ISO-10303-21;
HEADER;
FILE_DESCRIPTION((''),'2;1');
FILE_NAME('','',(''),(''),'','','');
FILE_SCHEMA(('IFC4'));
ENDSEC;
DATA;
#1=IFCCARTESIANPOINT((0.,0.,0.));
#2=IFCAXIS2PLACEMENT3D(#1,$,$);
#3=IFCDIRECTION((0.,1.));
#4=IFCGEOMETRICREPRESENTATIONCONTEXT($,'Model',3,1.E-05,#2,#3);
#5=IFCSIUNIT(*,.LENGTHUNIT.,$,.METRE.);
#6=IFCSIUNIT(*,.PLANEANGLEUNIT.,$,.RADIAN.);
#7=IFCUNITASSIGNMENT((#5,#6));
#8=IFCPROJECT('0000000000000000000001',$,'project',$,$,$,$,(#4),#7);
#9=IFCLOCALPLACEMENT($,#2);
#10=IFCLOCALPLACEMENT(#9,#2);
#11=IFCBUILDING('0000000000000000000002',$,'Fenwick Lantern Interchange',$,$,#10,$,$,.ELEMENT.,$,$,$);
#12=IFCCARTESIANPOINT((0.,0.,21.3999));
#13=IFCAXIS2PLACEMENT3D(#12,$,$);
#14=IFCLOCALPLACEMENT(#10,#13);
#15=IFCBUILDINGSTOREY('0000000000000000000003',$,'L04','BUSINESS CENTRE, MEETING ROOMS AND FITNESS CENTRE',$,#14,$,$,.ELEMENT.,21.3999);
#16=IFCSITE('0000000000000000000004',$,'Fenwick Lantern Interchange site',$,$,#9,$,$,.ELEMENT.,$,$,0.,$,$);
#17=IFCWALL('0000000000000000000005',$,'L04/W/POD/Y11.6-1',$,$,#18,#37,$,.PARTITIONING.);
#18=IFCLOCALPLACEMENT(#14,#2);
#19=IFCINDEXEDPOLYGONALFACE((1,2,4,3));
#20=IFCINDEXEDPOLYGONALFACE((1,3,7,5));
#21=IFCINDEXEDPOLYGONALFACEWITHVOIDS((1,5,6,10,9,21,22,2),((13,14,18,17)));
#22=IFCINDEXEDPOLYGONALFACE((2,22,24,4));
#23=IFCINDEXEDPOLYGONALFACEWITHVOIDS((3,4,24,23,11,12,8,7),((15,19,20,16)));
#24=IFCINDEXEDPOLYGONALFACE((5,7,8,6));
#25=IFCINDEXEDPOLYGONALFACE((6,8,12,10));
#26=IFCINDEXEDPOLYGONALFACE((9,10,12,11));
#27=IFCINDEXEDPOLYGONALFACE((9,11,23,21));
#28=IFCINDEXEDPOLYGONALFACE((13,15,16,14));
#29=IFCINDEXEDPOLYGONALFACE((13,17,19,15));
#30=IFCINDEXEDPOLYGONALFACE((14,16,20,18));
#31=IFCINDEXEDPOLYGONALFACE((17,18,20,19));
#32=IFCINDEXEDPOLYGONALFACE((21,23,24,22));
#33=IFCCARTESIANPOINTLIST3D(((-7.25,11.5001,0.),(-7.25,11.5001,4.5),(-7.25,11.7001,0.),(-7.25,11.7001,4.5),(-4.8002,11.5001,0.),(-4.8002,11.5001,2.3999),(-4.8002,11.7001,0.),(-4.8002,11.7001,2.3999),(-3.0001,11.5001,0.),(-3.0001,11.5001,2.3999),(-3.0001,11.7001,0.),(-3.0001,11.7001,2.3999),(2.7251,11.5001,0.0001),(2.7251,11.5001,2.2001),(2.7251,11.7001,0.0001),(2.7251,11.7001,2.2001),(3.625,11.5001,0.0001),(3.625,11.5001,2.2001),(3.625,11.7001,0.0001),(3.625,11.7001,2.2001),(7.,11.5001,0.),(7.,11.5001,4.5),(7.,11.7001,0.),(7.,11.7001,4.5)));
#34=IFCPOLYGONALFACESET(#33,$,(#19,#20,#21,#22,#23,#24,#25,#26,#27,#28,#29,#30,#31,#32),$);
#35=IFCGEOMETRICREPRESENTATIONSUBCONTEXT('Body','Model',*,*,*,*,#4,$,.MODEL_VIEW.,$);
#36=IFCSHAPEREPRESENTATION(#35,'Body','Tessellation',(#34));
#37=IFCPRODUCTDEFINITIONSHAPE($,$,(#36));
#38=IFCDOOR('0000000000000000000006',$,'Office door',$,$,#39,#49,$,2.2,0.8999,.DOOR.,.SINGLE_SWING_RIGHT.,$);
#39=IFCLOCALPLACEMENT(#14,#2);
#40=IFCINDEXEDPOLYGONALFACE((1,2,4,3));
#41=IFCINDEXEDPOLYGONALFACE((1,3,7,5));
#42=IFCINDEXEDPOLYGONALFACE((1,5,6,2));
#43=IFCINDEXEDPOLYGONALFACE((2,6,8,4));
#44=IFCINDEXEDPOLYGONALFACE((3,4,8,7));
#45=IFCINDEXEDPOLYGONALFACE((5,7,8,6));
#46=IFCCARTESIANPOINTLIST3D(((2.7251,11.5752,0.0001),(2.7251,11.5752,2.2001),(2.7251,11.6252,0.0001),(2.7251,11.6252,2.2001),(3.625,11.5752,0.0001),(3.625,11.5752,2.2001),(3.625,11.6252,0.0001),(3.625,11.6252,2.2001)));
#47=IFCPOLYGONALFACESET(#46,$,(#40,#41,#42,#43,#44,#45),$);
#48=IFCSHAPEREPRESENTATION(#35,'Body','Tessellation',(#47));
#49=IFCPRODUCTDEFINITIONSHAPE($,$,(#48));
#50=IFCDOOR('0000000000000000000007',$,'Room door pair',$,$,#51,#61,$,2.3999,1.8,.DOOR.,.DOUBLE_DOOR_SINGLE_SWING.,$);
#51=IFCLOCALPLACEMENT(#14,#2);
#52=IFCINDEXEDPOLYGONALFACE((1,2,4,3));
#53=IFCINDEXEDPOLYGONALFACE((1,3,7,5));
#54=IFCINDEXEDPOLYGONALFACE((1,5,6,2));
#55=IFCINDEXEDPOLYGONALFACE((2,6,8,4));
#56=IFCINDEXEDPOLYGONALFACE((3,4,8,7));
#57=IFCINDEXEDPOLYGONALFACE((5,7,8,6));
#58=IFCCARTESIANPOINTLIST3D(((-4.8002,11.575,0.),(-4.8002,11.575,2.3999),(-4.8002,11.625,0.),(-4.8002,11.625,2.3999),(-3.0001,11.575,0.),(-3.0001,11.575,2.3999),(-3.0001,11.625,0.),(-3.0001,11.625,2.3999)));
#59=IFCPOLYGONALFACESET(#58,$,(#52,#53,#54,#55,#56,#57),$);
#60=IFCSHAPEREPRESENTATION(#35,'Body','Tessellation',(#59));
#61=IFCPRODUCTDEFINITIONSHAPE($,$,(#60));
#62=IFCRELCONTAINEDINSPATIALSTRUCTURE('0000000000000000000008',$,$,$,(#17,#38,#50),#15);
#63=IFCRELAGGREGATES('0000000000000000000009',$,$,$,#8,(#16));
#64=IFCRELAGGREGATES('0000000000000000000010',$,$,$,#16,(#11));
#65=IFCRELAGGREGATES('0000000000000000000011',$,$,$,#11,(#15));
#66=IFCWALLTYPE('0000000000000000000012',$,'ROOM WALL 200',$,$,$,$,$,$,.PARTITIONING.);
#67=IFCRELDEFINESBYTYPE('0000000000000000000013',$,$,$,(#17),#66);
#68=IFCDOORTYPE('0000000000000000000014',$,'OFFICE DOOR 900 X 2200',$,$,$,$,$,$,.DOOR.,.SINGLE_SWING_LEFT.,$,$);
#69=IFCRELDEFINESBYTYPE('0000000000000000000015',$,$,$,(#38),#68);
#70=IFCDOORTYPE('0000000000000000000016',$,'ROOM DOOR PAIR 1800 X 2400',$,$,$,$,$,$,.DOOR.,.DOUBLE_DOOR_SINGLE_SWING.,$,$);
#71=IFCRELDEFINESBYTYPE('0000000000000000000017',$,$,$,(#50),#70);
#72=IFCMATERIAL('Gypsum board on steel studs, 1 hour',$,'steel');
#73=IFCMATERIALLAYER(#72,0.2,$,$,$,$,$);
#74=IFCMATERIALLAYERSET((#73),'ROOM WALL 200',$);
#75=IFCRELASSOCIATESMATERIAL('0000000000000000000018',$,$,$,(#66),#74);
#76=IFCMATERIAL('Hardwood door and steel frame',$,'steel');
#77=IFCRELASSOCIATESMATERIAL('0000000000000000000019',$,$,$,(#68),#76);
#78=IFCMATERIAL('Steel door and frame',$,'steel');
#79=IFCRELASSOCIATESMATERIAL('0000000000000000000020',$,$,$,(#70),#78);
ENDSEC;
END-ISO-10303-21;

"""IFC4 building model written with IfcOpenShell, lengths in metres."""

from ifc_helpers import new_model, si_unit, direction, frame, frame_2d, origin, place, context, subcontext, project, spatial, rectangle, extrude, material, layer, layer_set, type_object, element, fill, save


model = new_model("IFC4")

# Units and contexts
model_context = context("Model", 3, precision=1e-05, world=origin(), true_north=direction((0.0, 1.0)))
body_context = subcontext(model_context, "Body", "Model", "MODEL_VIEW")
ifc_project = project(units=[si_unit("LENGTHUNIT", "METRE"), si_unit("PLANEANGLEUNIT", "RADIAN")], contexts=[model_context])

# Site, building, storey
site_placement = place(None, origin())
site = spatial("IfcSite", under=ifc_project, at=site_placement, Name="Fenwick Lantern Interchange site", CompositionType="ELEMENT", RefElevation=0.0)
building_placement = place(site_placement, origin())
building = spatial("IfcBuilding", under=site, at=building_placement, Name="Fenwick Lantern Interchange", CompositionType="ELEMENT")
storey_placement = place(building_placement, frame((0.0, 0.0, 21.3999)))
storey = spatial("IfcBuildingStorey", under=building, at=storey_placement, Name="L04", Description="BUSINESS CENTRE, MEETING ROOMS AND FITNESS CENTRE", CompositionType="ELEMENT", Elevation=21.3999)

# Wall, openings, doors
ifc_material_1 = material(Name="Gypsum board on steel studs, 1 hour", Category="steel")
ifc_layer = layer(ifc_material_1, 0.2)
ifc_layer_set = layer_set([ifc_layer], Name="ROOM WALL 200")
wall_type = type_object("IfcWallType", Name="ROOM WALL 200", PredefinedType="PARTITIONING", material=ifc_layer_set)
wall_placement = place(storey_placement, frame((-7.25, 11.6001, 0.0), z_axis=(0.0, 0.0, 1.0), x_axis=(1.0, 0.0, 0.0)))
wall = element("IfcWall", 1, at=wall_placement, inside=storey, type_object=wall_type, Name="L04/W/POD/Y11.6-1", PredefinedType="PARTITIONING", context=body_context, shape_type="SweptSolid", body=[
    extrude(rectangle(XDim=14.25, YDim=0.2, at=frame_2d((7.125, 0.0))), origin(), (0.0, 0.0, 1.0), 4.5),
])
opening_1_placement = place(wall_placement, frame((2.45, 0.0, 0.0)))
opening_1 = element("IfcOpeningElement", 2, at=opening_1_placement, cuts=wall, PredefinedType="OPENING", context=body_context, shape_type="SweptSolid", body=[
    extrude(rectangle(XDim=1.8, YDim=2.3999, at=frame_2d((0.8999, 1.2))), frame((0.0, 0.1099, 0.0), z_axis=(0.0, -1.0, 0.0), x_axis=(1.0, 0.0, 0.0)), (0.0, 0.0, 1.0), 0.22),
])
opening_2_placement = place(wall_placement, frame((9.9751, 0.0, 0.0)))
opening_2 = element("IfcOpeningElement", 3, at=opening_2_placement, cuts=wall, PredefinedType="OPENING", context=body_context, shape_type="SweptSolid", body=[
    extrude(rectangle(XDim=0.8999, YDim=2.2, at=frame_2d((0.45, 1.1001))), frame((0.0, 0.1099, 0.0), z_axis=(0.0, -1.0, 0.0), x_axis=(1.0, 0.0, 0.0)), (0.0, 0.0, 1.0), 0.22),
])
ifc_material_2 = material(Name="Hardwood door and steel frame", Category="steel")
door_type_1 = type_object("IfcDoorType", Name="OFFICE DOOR 900 X 2200", OperationType="SINGLE_SWING_LEFT", PredefinedType="DOOR", material=ifc_material_2)
door_1_placement = place(opening_2_placement, frame((0.8999, 0.0, 0.0), z_axis=(0.0, 0.0, 1.0), x_axis=(-1.0, 0.0, 0.0)))
door_1 = element("IfcDoor", 4, at=door_1_placement, inside=storey, type_object=door_type_1, Name="Office door", OperationType="SINGLE_SWING_RIGHT", OverallHeight=2.2, OverallWidth=0.8999, PredefinedType="DOOR", context=body_context, shape_type="SweptSolid", body=[
    extrude(rectangle(XDim=0.8999, YDim=2.2, at=frame_2d((0.45, 1.1001))), frame((0.0, 0.0249, 0.0), z_axis=(0.0, -1.0, 0.0), x_axis=(1.0, 0.0, 0.0)), (0.0, 0.0, 1.0), 0.05),
])
fill(opening_2, door_1)
ifc_material_3 = material(Name="Steel door and frame", Category="steel")
door_type_2 = type_object("IfcDoorType", Name="ROOM DOOR PAIR 1800 X 2400", OperationType="DOUBLE_DOOR_SINGLE_SWING", PredefinedType="DOOR", material=ifc_material_3)
door_2_placement = place(opening_1_placement, origin())
door_2 = element("IfcDoor", 5, at=door_2_placement, inside=storey, type_object=door_type_2, Name="Room door pair", OperationType="DOUBLE_DOOR_SINGLE_SWING", OverallHeight=2.3999, OverallWidth=1.8, PredefinedType="DOOR", context=body_context, shape_type="SweptSolid", body=[
    extrude(rectangle(XDim=1.8, YDim=2.3999, at=frame_2d((0.8999, 1.2))), frame((0.0, 0.0249, 0.0), z_axis=(0.0, -1.0, 0.0), x_axis=(1.0, 0.0, 0.0)), (0.0, 0.0, 1.0), 0.05),
])
fill(opening_1, door_2)

save(model, "model.ifc")
